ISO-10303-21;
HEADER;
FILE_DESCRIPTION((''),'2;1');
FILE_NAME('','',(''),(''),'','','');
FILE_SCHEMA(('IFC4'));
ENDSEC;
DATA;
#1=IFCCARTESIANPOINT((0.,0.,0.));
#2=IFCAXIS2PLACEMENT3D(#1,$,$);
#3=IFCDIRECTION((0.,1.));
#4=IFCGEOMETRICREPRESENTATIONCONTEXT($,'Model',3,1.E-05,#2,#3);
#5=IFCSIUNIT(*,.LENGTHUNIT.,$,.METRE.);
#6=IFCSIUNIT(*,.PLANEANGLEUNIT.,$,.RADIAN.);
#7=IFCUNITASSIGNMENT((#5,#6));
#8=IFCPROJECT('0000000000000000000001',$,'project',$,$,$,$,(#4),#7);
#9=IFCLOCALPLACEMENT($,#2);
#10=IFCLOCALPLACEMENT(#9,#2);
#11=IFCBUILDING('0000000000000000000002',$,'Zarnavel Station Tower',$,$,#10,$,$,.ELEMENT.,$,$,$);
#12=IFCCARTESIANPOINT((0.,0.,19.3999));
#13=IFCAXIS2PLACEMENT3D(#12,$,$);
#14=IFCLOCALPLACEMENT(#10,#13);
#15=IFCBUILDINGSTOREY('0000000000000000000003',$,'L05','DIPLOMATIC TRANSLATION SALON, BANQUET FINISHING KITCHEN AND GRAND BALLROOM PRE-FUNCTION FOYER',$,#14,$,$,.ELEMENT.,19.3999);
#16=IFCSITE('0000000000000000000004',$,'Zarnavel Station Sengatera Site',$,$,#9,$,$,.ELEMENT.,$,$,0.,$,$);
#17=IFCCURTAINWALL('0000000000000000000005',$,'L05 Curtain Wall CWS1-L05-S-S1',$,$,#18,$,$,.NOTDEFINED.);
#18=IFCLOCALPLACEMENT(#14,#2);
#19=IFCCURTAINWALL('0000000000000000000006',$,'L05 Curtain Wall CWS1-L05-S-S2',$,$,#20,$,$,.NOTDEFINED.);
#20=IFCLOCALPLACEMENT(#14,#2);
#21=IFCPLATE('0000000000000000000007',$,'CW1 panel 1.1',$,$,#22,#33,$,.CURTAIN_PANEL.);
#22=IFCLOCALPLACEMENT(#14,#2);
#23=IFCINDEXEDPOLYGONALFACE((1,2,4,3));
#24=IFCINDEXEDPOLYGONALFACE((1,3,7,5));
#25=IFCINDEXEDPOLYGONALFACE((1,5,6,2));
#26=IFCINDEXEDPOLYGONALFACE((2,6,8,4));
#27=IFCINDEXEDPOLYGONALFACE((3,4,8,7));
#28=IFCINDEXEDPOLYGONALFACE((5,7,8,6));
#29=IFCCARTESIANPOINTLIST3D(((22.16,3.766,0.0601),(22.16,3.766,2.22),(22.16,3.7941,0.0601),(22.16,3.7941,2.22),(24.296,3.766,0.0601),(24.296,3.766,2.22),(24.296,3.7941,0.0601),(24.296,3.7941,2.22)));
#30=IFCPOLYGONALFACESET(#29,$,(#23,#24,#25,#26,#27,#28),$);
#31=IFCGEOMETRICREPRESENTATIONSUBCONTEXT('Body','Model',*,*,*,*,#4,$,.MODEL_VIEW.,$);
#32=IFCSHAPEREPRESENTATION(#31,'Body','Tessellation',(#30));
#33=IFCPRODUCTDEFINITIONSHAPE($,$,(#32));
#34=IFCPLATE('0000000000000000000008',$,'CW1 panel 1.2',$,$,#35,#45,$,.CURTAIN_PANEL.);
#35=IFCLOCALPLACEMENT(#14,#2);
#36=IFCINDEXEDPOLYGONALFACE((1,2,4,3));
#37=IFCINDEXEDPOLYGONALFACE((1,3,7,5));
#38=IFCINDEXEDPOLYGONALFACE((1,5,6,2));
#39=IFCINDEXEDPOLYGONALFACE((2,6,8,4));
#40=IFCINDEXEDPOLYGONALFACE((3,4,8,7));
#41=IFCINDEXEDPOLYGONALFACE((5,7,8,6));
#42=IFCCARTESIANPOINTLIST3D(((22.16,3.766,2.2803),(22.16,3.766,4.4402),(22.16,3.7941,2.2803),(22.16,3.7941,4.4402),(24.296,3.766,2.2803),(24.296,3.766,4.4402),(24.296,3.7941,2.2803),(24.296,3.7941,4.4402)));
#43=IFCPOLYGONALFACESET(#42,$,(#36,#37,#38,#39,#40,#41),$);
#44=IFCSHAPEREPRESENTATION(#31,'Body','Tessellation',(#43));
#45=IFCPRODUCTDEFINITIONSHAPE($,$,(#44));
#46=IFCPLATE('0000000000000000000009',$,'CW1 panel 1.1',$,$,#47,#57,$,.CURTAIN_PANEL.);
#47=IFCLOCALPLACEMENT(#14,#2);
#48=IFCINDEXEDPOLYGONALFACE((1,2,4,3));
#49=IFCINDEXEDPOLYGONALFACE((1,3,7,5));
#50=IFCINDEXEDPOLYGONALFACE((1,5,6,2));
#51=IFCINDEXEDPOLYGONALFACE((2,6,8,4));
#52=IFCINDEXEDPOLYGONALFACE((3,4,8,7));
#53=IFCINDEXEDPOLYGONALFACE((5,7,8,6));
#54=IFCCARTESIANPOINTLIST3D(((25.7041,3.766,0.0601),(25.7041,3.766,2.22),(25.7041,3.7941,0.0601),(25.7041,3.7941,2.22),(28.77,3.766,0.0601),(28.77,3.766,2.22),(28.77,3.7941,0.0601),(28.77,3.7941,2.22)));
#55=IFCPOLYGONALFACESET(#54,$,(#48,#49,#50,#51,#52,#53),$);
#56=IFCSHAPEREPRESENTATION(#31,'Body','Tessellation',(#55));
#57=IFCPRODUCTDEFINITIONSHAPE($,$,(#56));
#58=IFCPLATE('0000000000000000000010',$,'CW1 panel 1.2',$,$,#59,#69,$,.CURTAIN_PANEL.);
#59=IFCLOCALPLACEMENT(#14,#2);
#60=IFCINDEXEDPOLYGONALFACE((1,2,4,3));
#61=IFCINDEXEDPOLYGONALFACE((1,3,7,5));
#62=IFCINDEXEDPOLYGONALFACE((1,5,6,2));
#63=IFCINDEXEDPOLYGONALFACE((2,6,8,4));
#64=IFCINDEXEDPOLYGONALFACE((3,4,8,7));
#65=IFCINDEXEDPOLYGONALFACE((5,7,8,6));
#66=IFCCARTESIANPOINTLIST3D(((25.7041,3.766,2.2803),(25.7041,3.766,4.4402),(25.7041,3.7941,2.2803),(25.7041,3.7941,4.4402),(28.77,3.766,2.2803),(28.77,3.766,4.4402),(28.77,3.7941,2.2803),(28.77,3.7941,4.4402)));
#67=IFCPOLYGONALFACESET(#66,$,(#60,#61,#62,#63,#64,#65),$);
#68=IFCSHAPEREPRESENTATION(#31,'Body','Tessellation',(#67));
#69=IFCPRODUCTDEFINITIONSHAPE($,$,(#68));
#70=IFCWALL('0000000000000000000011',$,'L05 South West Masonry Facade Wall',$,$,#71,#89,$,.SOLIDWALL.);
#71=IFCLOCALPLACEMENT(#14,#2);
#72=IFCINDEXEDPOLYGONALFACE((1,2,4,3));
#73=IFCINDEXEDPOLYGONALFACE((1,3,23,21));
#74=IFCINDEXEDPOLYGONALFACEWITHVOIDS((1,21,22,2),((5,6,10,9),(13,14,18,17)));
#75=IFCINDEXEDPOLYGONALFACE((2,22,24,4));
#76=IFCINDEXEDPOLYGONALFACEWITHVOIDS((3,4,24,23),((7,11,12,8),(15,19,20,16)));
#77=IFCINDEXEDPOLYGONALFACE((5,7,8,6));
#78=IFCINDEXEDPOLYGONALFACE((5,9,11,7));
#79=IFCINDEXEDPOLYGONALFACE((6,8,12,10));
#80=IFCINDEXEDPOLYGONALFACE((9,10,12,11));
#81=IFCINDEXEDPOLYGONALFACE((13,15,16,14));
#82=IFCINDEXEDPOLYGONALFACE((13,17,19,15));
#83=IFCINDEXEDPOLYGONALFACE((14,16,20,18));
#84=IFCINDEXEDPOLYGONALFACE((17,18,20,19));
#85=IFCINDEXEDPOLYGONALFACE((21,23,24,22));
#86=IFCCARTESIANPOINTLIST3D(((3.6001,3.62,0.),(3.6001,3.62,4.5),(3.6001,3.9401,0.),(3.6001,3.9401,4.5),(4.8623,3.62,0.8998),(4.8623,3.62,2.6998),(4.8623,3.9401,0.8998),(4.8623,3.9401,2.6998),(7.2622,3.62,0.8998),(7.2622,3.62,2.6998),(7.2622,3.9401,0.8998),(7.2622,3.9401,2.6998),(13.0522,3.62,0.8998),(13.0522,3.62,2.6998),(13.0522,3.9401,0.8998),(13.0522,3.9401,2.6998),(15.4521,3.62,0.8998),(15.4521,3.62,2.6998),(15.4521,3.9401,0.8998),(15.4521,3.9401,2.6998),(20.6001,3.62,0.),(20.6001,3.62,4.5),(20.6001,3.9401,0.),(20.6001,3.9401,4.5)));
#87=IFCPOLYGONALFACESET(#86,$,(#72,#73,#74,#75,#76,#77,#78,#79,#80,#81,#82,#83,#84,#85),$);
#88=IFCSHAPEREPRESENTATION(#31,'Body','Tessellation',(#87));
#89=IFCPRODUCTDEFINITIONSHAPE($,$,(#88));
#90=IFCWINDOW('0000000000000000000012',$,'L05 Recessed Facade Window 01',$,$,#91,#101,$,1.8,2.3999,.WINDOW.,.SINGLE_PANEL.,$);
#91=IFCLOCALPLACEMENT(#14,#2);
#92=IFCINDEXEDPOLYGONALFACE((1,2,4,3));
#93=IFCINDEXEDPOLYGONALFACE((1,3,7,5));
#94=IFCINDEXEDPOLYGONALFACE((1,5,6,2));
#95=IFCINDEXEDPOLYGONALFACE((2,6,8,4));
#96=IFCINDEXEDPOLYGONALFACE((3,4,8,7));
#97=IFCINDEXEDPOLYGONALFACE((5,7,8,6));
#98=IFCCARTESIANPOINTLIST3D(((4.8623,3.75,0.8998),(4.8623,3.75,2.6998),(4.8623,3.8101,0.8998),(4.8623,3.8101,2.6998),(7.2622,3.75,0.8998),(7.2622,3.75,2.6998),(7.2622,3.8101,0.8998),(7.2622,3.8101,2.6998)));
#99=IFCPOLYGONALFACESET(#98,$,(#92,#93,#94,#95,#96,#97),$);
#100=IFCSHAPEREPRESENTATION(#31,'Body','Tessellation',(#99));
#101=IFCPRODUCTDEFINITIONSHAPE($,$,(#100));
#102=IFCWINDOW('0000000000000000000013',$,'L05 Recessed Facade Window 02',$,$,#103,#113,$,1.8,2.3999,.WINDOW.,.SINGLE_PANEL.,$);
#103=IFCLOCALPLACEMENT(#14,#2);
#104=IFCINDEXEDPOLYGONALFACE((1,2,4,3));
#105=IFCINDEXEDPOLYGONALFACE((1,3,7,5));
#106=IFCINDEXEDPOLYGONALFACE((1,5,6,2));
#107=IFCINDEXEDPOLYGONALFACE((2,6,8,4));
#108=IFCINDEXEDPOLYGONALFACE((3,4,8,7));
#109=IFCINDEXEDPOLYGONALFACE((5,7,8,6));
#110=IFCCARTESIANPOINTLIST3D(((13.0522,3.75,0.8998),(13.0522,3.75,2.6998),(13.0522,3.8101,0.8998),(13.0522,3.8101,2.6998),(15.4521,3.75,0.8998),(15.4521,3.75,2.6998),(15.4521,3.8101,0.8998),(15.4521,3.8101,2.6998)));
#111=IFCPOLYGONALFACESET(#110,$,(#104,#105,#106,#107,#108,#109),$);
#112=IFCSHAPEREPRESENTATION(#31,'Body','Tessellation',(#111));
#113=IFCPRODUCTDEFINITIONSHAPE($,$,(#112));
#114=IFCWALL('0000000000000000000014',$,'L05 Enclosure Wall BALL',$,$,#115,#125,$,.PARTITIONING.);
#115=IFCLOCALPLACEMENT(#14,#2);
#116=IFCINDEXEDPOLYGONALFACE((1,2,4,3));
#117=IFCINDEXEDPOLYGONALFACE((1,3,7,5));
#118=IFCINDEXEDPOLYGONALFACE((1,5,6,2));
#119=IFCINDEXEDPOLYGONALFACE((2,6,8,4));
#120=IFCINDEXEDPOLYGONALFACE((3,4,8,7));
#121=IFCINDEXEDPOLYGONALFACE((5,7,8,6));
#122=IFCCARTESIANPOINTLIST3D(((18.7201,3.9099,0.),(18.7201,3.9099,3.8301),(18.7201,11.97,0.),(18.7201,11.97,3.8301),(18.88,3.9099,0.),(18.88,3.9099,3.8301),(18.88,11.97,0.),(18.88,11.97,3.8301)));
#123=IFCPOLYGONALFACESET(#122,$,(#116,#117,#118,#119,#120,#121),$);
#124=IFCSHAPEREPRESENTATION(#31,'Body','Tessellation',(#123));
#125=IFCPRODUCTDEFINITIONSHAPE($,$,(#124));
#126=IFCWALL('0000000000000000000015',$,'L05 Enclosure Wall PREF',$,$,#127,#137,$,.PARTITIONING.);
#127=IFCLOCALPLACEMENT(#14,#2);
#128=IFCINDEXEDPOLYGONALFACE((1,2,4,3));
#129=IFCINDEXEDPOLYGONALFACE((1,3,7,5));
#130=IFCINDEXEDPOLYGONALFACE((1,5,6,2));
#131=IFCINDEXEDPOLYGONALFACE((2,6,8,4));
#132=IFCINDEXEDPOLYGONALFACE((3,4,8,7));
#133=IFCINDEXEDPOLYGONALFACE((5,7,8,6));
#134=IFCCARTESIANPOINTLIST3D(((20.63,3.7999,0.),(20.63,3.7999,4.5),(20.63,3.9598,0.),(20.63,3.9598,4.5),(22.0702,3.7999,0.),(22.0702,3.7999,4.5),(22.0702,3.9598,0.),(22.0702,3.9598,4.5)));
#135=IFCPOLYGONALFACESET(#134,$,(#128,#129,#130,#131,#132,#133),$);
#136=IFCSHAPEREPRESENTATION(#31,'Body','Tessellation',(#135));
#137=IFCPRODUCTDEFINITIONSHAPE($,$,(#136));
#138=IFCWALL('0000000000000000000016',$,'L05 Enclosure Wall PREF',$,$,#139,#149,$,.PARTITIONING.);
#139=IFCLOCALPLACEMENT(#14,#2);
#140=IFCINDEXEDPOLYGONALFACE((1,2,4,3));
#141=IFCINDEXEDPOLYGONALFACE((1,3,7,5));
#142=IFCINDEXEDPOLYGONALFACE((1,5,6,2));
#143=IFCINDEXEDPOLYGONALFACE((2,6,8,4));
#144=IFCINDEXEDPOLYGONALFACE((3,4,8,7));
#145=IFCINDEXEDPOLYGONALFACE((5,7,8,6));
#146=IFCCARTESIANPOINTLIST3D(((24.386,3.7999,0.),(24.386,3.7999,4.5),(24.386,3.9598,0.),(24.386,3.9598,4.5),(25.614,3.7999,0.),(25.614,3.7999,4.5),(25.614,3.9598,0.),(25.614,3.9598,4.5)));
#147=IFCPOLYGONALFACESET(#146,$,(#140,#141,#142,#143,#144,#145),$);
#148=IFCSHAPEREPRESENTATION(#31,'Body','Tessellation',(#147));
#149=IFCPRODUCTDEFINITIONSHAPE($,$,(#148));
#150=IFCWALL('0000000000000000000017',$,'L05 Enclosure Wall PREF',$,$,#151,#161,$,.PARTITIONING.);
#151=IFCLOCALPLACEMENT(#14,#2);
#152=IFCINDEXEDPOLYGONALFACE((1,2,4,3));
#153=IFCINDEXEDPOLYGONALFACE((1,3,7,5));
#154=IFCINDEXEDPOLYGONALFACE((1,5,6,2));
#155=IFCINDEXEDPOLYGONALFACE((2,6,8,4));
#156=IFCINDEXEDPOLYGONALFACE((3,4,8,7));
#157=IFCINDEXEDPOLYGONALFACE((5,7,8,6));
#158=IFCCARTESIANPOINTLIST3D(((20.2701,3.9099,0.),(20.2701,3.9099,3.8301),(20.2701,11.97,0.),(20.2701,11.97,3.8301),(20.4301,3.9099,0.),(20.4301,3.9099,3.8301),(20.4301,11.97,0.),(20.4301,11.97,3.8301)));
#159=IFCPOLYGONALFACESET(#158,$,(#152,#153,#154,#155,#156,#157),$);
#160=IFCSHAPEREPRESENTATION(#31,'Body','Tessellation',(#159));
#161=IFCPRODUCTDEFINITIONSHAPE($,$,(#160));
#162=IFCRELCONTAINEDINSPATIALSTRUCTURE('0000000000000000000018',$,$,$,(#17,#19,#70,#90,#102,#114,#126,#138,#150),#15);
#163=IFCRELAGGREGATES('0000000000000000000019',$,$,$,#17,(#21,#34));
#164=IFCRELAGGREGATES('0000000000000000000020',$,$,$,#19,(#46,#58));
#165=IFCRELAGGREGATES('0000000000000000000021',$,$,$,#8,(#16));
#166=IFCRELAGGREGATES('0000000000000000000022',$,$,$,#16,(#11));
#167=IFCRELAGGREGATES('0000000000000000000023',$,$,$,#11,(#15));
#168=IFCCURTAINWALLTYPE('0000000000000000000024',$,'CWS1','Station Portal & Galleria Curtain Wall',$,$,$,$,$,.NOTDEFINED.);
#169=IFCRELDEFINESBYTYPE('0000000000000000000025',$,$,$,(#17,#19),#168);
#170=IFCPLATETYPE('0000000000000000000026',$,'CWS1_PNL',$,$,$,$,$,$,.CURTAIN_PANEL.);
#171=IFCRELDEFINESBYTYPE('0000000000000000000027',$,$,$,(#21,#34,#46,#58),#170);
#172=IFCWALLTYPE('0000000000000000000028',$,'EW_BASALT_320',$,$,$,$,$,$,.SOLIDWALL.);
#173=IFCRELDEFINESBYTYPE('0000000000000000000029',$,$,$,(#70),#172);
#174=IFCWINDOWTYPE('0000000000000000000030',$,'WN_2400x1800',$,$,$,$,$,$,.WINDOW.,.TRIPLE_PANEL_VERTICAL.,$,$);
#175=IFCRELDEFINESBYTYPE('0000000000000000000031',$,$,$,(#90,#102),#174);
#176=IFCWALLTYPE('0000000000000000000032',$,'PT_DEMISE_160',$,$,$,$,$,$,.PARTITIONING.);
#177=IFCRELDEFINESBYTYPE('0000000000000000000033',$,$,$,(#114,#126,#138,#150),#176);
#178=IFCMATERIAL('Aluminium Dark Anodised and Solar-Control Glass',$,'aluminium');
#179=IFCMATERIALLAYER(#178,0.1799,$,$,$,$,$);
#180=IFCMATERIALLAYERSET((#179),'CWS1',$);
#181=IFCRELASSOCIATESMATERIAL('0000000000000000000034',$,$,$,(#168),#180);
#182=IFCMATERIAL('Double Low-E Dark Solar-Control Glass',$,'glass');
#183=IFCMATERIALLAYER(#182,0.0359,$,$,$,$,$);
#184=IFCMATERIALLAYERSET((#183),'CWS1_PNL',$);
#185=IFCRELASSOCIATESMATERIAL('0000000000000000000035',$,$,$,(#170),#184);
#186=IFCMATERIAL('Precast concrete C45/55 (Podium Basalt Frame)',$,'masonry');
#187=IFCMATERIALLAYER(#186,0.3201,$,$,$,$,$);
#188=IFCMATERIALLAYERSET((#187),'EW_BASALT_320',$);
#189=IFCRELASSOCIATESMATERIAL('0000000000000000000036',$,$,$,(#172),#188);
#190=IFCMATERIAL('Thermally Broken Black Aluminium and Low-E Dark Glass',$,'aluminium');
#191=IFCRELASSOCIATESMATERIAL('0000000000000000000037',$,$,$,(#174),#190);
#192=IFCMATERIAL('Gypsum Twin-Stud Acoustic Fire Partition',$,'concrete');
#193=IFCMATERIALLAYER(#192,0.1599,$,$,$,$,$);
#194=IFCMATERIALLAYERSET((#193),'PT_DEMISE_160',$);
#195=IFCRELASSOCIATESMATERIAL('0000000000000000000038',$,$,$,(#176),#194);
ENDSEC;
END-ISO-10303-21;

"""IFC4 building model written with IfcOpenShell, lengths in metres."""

from ifc_helpers import new_model, si_unit, direction, frame, frame_2d, origin, origin_2d, place, context, subcontext, project, spatial, rectangle, extrude, material, layer, layer_set, type_object, element, fill, aggregate, save


model = new_model("IFC4")

# Units and contexts
model_context = context("Model", 3, precision=1e-05, world=origin(), true_north=direction((0.0, 1.0)))
body_context = subcontext(model_context, "Body", "Model", "MODEL_VIEW")
ifc_project = project(units=[si_unit("LENGTHUNIT", "METRE"), si_unit("PLANEANGLEUNIT", "RADIAN")], contexts=[model_context])

# Site, building, storey
site_placement = place(None, origin())
site = spatial("IfcSite", under=ifc_project, at=site_placement, Name="Zarnavel Station Sengatera Site", CompositionType="ELEMENT", RefElevation=0.0)
building_placement = place(site_placement, origin())
building = spatial("IfcBuilding", under=site, at=building_placement, Name="Zarnavel Station Tower", CompositionType="ELEMENT")
storey_placement = place(building_placement, frame((0.0, 0.0, 19.3999)))
storey = spatial("IfcBuildingStorey", under=building, at=storey_placement, Name="L05", Description="DIPLOMATIC TRANSLATION SALON, BANQUET FINISHING KITCHEN AND GRAND BALLROOM PRE-FUNCTION FOYER", CompositionType="ELEMENT", Elevation=19.3999)

# Curtain wall
ifc_material_1 = material(Name="Aluminium Dark Anodised and Solar-Control Glass", Category="aluminium")
ifc_layer_1 = layer(ifc_material_1, 0.1799)
ifc_layer_set_1 = layer_set([ifc_layer_1], Name="CWS1")
curtain_wall_type = type_object("IfcCurtainWallType", Name="CWS1", Description="Station Portal & Galleria Curtain Wall", PredefinedType="NOTDEFINED", material=ifc_layer_set_1)
curtain_wall_1_placement = place(storey_placement, origin())
curtain_wall_1 = element("IfcCurtainWall", 1, at=curtain_wall_1_placement, inside=storey, type_object=curtain_wall_type, Name="L05 Curtain Wall CWS1-L05-S-S1", PredefinedType="NOTDEFINED")

# Curtain wall
curtain_wall_2_placement = place(storey_placement, origin())
curtain_wall_2 = element("IfcCurtainWall", 2, at=curtain_wall_2_placement, inside=storey, type_object=curtain_wall_type, Name="L05 Curtain Wall CWS1-L05-S-S2", PredefinedType="NOTDEFINED")

# Plates
ifc_material_2 = material(Name="Double Low-E Dark Solar-Control Glass", Category="glass")
ifc_layer_2 = layer(ifc_material_2, 0.0359)
ifc_layer_set_2 = layer_set([ifc_layer_2], Name="CWS1_PNL")
plate_type = type_object("IfcPlateType", Name="CWS1_PNL", PredefinedType="CURTAIN_PANEL", material=ifc_layer_set_2)
plate_1_placement = place(storey_placement, frame((23.228, 3.78, 0.0601), z_axis=(0.0, 0.0, 1.0), x_axis=(1.0, 0.0, 0.0)))
plate_1 = element("IfcPlate", 3, at=plate_1_placement, type_object=plate_type, Name="CW1 panel 1.1", PredefinedType="CURTAIN_PANEL", context=body_context, shape_type="SweptSolid", body=[
    extrude(rectangle(XDim=2.136, YDim=0.0281, at=origin_2d()), origin(), (0.0, 0.0, 1.0), 2.1599),
])
plate_2_placement = place(storey_placement, frame((23.228, 3.78, 2.2803), z_axis=(0.0, 0.0, 1.0), x_axis=(1.0, 0.0, 0.0)))
plate_2 = element("IfcPlate", 4, at=plate_2_placement, type_object=plate_type, Name="CW1 panel 1.2", PredefinedType="CURTAIN_PANEL", context=body_context, shape_type="SweptSolid", body=[
    extrude(rectangle(XDim=2.136, YDim=0.0281, at=origin_2d()), origin(), (0.0, 0.0, 1.0), 2.1599),
])
aggregate(curtain_wall_1, [plate_1, plate_2])
plate_3_placement = place(storey_placement, frame((27.2371, 3.78, 0.0601), z_axis=(0.0, 0.0, 1.0), x_axis=(1.0, 0.0, 0.0)))
plate_3 = element("IfcPlate", 5, at=plate_3_placement, type_object=plate_type, Name="CW1 panel 1.1", PredefinedType="CURTAIN_PANEL", context=body_context, shape_type="SweptSolid", body=[
    extrude(rectangle(XDim=3.0659, YDim=0.0281, at=origin_2d()), origin(), (0.0, 0.0, 1.0), 2.1599),
])
plate_4_placement = place(storey_placement, frame((27.2371, 3.78, 2.2803), z_axis=(0.0, 0.0, 1.0), x_axis=(1.0, 0.0, 0.0)))
plate_4 = element("IfcPlate", 6, at=plate_4_placement, type_object=plate_type, Name="CW1 panel 1.2", PredefinedType="CURTAIN_PANEL", context=body_context, shape_type="SweptSolid", body=[
    extrude(rectangle(XDim=3.0659, YDim=0.0281, at=origin_2d()), origin(), (0.0, 0.0, 1.0), 2.1599),
])
aggregate(curtain_wall_2, [plate_3, plate_4])

# Wall, openings, windows
ifc_material_3 = material(Name="Precast concrete C45/55 (Podium Basalt Frame)", Category="masonry")
ifc_layer_3 = layer(ifc_material_3, 0.3201)
ifc_layer_set_3 = layer_set([ifc_layer_3], Name="EW_BASALT_320")
wall_type_1 = type_object("IfcWallType", Name="EW_BASALT_320", PredefinedType="SOLIDWALL", material=ifc_layer_set_3)
wall_1_placement = place(storey_placement, frame((20.6001, 3.78, 0.0), z_axis=(0.0, 0.0, 1.0), x_axis=(-1.0, 0.0, 0.0)))
wall_1 = element("IfcWall", 7, at=wall_1_placement, inside=storey, type_object=wall_type_1, Name="L05 South West Masonry Facade Wall", PredefinedType="SOLIDWALL", context=body_context, shape_type="SweptSolid", body=[
    extrude(rectangle(XDim=17.0, YDim=0.3201, at=frame_2d((8.5, 0.0))), origin(), (0.0, 0.0, 1.0), 4.5),
])
opening_1_placement = place(wall_1_placement, frame((13.3379, 0.0, 0.8999)))
opening_1 = element("IfcOpeningElement", 8, at=opening_1_placement, cuts=wall_1, PredefinedType="OPENING", context=body_context, shape_type="SweptSolid", body=[
    extrude(rectangle(XDim=2.3999, YDim=1.8, at=frame_2d((1.2, 0.8999))), frame((0.0, 0.1699, 0.0), z_axis=(0.0, -1.0, 0.0), x_axis=(1.0, 0.0, 0.0)), (0.0, 0.0, 1.0), 0.3401),
])
opening_2_placement = place(wall_1_placement, frame((5.1479, 0.0, 0.8999)))
opening_2 = element("IfcOpeningElement", 9, at=opening_2_placement, cuts=wall_1, PredefinedType="OPENING", context=body_context, shape_type="SweptSolid", body=[
    extrude(rectangle(XDim=2.3999, YDim=1.8, at=frame_2d((1.2, 0.8999))), frame((0.0, 0.1699, 0.0), z_axis=(0.0, -1.0, 0.0), x_axis=(1.0, 0.0, 0.0)), (0.0, 0.0, 1.0), 0.3401),
])
ifc_material_4 = material(Name="Thermally Broken Black Aluminium and Low-E Dark Glass", Category="aluminium")
window_type = type_object("IfcWindowType", Name="WN_2400x1800", PartitioningType="TRIPLE_PANEL_VERTICAL", PredefinedType="WINDOW", material=ifc_material_4)
window_1_placement = place(opening_1_placement, origin())
window_1 = element("IfcWindow", 10, at=window_1_placement, inside=storey, type_object=window_type, Name="L05 Recessed Facade Window 01", OverallHeight=1.8, OverallWidth=2.3999, PartitioningType="SINGLE_PANEL", PredefinedType="WINDOW", context=body_context, shape_type="SweptSolid", body=[
    extrude(rectangle(XDim=2.3999, YDim=1.8, at=frame_2d((1.2, 0.8999))), frame((0.0, 0.03, 0.0), z_axis=(0.0, -1.0, 0.0), x_axis=(1.0, 0.0, 0.0)), (0.0, 0.0, 1.0), 0.0601),
])
fill(opening_1, window_1)
window_2_placement = place(opening_2_placement, origin())
window_2 = element("IfcWindow", 11, at=window_2_placement, inside=storey, type_object=window_type, Name="L05 Recessed Facade Window 02", OverallHeight=1.8, OverallWidth=2.3999, PartitioningType="SINGLE_PANEL", PredefinedType="WINDOW", context=body_context, shape_type="SweptSolid", body=[
    extrude(rectangle(XDim=2.3999, YDim=1.8, at=frame_2d((1.2, 0.8999))), frame((0.0, 0.03, 0.0), z_axis=(0.0, -1.0, 0.0), x_axis=(1.0, 0.0, 0.0)), (0.0, 0.0, 1.0), 0.0601),
])
fill(opening_2, window_2)

# Walls
ifc_material_5 = material(Name="Gypsum Twin-Stud Acoustic Fire Partition", Category="concrete")
ifc_layer_4 = layer(ifc_material_5, 0.1599)
ifc_layer_set_4 = layer_set([ifc_layer_4], Name="PT_DEMISE_160")
wall_type_2 = type_object("IfcWallType", Name="PT_DEMISE_160", PredefinedType="PARTITIONING", material=ifc_layer_set_4)
wall_2_placement = place(storey_placement, frame((18.8, 3.9099, 0.0), z_axis=(0.0, 0.0, 1.0), x_axis=(0.0, 1.0, 0.0)))
element("IfcWall", 12, at=wall_2_placement, inside=storey, type_object=wall_type_2, Name="L05 Enclosure Wall BALL", PredefinedType="PARTITIONING", context=body_context, shape_type="SweptSolid", body=[
    extrude(rectangle(XDim=8.0601, YDim=0.1599, at=frame_2d((4.03, 0.0))), origin(), (0.0, 0.0, 1.0), 3.8301),
])
wall_3_placement = place(storey_placement, frame((20.6299, 3.8799, 0.0), z_axis=(0.0, 0.0, 1.0), x_axis=(1.0, 0.0, 0.0)))
element("IfcWall", 13, at=wall_3_placement, inside=storey, type_object=wall_type_2, Name="L05 Enclosure Wall PREF", PredefinedType="PARTITIONING", context=body_context, shape_type="SweptSolid", body=[
    extrude(rectangle(XDim=1.4402, YDim=0.1599, at=frame_2d((0.7202, 0.0))), origin(), (0.0, 0.0, 1.0), 4.5),
])
wall_4_placement = place(storey_placement, frame((24.386, 3.8799, 0.0), z_axis=(0.0, 0.0, 1.0), x_axis=(1.0, 0.0, 0.0)))
element("IfcWall", 14, at=wall_4_placement, inside=storey, type_object=wall_type_2, Name="L05 Enclosure Wall PREF", PredefinedType="PARTITIONING", context=body_context, shape_type="SweptSolid", body=[
    extrude(rectangle(XDim=1.228, YDim=0.1599, at=frame_2d((0.614, 0.0))), origin(), (0.0, 0.0, 1.0), 4.5),
])
wall_5_placement = place(storey_placement, frame((20.3501, 3.9099, 0.0), z_axis=(0.0, 0.0, 1.0), x_axis=(0.0, 1.0, 0.0)))
element("IfcWall", 15, at=wall_5_placement, inside=storey, type_object=wall_type_2, Name="L05 Enclosure Wall PREF", PredefinedType="PARTITIONING", context=body_context, shape_type="SweptSolid", body=[
    extrude(rectangle(XDim=8.0601, YDim=0.1599, at=frame_2d((4.03, 0.0))), origin(), (0.0, 0.0, 1.0), 3.8301),
])

save(model, "model.ifc")
